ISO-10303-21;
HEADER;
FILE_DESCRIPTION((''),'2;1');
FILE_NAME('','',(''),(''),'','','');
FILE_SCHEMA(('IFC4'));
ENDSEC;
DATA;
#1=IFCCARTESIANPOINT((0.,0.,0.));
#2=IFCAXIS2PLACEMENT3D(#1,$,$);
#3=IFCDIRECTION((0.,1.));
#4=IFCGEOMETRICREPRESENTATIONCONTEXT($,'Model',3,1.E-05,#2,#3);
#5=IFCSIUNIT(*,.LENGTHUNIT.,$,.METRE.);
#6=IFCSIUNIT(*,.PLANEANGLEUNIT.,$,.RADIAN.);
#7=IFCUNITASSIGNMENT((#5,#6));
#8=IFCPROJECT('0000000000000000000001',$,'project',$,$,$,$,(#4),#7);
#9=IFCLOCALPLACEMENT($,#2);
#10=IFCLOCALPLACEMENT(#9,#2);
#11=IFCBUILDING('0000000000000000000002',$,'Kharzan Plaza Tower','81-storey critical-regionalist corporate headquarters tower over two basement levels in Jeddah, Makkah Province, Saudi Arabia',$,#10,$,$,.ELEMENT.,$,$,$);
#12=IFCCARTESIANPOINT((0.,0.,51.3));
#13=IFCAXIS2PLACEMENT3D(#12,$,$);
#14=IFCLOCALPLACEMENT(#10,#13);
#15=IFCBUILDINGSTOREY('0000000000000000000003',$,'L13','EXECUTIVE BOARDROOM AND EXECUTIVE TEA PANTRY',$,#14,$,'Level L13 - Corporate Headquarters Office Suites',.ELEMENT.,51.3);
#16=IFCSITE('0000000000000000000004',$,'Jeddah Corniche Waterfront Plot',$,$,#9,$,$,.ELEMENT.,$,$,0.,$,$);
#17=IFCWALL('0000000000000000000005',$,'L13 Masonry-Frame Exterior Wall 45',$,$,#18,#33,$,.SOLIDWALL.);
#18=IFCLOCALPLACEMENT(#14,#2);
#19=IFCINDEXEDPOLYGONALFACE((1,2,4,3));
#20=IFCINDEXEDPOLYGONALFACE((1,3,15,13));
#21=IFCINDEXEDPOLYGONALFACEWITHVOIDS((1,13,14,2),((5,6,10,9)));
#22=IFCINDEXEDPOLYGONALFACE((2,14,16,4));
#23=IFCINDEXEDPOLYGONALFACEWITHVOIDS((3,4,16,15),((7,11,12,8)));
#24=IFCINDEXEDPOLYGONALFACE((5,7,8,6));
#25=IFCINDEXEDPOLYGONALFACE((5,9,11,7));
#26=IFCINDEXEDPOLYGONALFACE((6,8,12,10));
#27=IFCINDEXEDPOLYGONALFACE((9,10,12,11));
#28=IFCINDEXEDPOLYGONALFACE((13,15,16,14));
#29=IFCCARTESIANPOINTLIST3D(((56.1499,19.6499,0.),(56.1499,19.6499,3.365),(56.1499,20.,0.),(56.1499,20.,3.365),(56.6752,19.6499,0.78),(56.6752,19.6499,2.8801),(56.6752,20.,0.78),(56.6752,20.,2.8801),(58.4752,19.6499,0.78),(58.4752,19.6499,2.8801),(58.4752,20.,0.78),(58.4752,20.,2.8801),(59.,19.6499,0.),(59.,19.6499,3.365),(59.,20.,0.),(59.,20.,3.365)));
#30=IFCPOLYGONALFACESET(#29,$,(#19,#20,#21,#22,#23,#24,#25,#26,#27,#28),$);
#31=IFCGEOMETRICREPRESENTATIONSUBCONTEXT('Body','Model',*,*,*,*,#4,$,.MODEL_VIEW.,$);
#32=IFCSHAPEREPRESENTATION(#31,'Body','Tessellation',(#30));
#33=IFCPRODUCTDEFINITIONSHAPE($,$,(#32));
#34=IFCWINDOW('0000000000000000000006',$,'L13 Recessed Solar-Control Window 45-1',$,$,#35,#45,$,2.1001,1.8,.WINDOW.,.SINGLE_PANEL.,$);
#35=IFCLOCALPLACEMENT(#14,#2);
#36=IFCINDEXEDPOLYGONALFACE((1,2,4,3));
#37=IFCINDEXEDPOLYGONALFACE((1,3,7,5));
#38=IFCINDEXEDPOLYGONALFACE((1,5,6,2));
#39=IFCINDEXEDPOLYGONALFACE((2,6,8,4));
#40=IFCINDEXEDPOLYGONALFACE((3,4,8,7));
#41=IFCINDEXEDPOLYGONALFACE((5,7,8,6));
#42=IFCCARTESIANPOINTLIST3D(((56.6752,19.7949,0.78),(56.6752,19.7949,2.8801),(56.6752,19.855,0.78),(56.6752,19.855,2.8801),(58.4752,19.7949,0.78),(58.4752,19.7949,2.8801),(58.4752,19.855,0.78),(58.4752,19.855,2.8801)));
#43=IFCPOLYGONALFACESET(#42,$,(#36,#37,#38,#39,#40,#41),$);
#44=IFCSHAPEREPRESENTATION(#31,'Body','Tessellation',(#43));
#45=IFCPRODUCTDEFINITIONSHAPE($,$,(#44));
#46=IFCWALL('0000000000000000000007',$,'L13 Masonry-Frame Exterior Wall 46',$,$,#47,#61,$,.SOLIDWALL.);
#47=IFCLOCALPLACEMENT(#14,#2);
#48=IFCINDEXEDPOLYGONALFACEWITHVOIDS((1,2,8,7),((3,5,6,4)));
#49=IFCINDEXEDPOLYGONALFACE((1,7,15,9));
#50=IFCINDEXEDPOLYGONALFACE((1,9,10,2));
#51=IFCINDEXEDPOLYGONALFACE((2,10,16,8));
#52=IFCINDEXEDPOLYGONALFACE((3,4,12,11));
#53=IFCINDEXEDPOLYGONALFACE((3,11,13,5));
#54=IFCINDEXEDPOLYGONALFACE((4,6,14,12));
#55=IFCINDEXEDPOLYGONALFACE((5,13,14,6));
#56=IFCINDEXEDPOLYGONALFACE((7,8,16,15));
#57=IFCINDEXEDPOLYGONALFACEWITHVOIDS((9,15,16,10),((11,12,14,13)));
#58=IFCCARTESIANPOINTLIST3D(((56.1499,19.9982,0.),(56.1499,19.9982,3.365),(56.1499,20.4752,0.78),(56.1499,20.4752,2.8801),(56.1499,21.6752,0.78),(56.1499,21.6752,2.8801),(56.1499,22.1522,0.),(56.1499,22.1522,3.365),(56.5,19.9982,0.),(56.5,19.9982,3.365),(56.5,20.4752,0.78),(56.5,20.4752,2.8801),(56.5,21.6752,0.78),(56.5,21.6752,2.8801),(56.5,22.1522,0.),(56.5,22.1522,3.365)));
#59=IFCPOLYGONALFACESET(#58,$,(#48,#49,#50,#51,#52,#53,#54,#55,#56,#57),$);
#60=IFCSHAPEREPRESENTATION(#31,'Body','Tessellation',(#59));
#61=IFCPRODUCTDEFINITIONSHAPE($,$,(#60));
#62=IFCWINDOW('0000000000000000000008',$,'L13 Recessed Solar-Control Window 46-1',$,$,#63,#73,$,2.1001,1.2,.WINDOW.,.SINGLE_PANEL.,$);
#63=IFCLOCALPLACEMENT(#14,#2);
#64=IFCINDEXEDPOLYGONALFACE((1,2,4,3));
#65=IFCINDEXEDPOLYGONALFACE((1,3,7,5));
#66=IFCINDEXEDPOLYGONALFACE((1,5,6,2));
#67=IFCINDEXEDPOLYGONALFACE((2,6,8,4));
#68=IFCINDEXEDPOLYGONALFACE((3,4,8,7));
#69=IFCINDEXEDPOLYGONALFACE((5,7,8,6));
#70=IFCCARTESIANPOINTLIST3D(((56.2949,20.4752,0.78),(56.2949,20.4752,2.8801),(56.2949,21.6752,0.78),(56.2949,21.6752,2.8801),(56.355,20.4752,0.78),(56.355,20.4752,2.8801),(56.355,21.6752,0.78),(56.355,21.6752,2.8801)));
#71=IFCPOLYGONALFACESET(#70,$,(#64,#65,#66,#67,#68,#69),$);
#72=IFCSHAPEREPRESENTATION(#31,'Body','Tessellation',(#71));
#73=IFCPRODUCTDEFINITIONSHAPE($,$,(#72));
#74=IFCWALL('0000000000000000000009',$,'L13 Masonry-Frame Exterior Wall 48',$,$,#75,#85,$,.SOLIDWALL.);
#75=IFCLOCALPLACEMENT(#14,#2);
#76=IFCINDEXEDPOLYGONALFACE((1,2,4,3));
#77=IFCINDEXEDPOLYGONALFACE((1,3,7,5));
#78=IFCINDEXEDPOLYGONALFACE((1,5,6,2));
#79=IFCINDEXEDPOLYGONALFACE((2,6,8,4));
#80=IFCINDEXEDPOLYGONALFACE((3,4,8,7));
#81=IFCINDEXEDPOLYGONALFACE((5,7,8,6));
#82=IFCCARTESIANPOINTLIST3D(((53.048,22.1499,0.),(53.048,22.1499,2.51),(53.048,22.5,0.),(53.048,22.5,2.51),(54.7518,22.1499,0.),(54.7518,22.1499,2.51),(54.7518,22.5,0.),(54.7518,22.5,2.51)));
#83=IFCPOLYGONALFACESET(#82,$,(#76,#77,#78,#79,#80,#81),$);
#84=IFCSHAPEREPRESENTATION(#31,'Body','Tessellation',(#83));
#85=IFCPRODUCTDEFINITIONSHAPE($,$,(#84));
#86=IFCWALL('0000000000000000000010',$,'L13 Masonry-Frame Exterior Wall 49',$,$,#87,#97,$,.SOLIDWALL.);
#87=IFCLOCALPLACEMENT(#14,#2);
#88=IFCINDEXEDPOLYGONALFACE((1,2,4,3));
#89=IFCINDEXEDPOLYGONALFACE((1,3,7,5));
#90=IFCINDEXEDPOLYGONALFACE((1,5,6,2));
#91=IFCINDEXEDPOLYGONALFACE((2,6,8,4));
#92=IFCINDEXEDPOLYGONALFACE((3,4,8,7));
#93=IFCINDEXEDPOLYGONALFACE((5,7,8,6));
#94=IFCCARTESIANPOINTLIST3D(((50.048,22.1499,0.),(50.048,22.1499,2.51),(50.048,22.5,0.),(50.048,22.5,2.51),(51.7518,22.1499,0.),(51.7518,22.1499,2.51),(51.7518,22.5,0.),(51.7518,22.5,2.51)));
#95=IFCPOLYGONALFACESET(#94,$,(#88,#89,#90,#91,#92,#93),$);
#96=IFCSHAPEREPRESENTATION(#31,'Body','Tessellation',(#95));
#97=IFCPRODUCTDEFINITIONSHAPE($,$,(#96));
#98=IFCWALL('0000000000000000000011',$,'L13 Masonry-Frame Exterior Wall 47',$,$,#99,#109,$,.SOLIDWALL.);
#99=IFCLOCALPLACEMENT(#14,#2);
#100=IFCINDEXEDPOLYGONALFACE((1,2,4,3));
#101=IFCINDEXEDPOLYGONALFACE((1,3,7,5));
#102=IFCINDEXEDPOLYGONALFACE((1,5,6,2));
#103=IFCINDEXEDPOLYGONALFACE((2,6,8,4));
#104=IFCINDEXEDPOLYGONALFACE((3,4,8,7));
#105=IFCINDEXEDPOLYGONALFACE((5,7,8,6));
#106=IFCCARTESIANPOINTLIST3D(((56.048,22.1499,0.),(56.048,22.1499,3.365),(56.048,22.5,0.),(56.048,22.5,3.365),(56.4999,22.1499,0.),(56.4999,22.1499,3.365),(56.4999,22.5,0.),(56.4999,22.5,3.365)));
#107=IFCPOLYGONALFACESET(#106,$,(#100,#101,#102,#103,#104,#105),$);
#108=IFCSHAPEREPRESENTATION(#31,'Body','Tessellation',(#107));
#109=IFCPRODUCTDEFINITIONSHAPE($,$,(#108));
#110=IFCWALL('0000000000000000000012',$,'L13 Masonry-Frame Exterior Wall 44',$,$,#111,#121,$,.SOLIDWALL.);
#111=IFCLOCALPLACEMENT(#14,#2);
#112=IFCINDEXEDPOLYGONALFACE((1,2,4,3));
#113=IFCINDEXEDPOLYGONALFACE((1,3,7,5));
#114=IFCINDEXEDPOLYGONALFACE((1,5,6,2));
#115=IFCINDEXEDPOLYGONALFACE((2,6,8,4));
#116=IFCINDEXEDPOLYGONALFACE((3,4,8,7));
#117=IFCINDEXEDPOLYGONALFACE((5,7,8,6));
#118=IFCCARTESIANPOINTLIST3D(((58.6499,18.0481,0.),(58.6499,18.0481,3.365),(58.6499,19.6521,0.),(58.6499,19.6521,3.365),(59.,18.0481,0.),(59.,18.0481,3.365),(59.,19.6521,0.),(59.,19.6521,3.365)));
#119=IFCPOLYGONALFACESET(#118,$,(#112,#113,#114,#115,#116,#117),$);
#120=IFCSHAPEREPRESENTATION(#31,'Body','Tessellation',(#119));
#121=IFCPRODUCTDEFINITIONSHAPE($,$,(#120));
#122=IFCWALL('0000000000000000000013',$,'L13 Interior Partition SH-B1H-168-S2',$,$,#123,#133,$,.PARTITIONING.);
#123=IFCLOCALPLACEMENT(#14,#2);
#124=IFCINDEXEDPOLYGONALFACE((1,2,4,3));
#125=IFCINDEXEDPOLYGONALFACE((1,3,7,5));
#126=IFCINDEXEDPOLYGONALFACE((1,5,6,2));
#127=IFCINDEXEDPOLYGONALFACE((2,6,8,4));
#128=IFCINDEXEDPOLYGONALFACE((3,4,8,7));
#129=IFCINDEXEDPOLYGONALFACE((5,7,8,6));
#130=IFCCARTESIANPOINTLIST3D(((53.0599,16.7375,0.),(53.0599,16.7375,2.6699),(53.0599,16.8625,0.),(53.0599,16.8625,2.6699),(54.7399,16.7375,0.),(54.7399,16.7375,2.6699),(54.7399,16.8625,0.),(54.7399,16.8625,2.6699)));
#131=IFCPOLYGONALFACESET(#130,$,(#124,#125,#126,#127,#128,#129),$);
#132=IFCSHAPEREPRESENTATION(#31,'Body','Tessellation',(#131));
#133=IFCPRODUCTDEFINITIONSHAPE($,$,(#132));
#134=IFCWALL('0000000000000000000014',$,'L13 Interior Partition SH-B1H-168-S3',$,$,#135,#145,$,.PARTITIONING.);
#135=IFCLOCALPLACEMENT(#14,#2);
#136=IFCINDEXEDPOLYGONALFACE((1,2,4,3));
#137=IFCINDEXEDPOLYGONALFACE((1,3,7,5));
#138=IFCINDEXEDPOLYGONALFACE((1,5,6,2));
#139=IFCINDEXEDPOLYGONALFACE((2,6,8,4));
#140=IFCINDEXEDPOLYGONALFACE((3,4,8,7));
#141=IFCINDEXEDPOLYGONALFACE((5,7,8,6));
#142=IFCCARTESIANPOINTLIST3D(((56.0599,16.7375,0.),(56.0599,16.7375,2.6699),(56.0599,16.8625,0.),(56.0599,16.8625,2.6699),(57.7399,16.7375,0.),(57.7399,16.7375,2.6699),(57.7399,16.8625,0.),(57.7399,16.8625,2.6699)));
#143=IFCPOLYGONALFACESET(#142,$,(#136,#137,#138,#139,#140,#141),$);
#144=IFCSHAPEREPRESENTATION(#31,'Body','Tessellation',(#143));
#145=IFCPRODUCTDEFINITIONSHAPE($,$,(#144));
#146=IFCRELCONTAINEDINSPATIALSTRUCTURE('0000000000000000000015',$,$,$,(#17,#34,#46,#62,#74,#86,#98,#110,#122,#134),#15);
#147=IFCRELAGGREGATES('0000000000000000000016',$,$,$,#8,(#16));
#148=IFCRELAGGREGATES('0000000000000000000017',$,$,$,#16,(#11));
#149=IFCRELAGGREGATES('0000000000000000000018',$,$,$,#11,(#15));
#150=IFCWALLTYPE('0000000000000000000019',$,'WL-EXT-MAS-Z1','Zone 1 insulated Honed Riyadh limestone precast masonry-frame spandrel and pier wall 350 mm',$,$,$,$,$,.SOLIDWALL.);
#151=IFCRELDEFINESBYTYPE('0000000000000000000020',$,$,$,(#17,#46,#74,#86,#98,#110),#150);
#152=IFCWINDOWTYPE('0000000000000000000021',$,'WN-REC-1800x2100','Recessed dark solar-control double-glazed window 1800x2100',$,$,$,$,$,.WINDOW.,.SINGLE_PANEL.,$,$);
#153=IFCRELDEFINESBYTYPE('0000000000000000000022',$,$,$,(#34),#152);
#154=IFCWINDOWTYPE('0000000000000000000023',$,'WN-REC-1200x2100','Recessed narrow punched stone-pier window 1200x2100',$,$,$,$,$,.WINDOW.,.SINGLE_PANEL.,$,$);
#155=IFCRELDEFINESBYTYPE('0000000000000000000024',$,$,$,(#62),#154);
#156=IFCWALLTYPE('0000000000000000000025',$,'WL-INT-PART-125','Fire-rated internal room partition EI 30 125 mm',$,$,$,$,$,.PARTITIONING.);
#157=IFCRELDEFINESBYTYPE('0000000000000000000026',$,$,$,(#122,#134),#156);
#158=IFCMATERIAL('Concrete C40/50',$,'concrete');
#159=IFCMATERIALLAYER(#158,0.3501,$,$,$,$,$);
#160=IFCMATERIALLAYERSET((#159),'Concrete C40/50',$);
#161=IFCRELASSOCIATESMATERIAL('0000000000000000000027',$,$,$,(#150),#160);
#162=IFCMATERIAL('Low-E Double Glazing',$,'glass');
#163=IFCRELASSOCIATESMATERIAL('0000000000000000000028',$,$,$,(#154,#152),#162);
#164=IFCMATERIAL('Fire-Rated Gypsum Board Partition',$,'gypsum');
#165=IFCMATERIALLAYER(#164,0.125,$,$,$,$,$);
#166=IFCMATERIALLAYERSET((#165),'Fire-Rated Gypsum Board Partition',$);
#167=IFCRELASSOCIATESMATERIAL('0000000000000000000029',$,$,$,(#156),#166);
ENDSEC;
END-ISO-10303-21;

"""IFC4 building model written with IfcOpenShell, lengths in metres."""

from ifc_helpers import new_model, si_unit, direction, frame, frame_2d, origin, place, context, subcontext, project, spatial, rectangle, extrude, source, transform, mapped, material, layer, layer_set, type_object, element, fill, save


model = new_model("IFC4")

# Units and contexts
model_context = context("Model", 3, precision=1e-05, world=origin(), true_north=direction((0.0, 1.0)))
body_context = subcontext(model_context, "Body", "Model", "MODEL_VIEW")
ifc_project = project(units=[si_unit("LENGTHUNIT", "METRE"), si_unit("PLANEANGLEUNIT", "RADIAN")], contexts=[model_context])

# Site, building, storey
site_placement = place(None, origin())
site = spatial("IfcSite", under=ifc_project, at=site_placement, Name="Jeddah Corniche Waterfront Plot", CompositionType="ELEMENT", RefElevation=0.0)
building_placement = place(site_placement, origin())
building = spatial("IfcBuilding", under=site, at=building_placement, Name="Kharzan Plaza Tower", Description="81-storey critical-regionalist corporate headquarters tower over two basement levels in Jeddah, Makkah Province, Saudi Arabia", CompositionType="ELEMENT")
storey_placement = place(building_placement, frame((0.0, 0.0, 51.3)))
storey = spatial("IfcBuildingStorey", under=building, at=storey_placement, Name="L13", Description="EXECUTIVE BOARDROOM AND EXECUTIVE TEA PANTRY", LongName="Level L13 - Corporate Headquarters Office Suites", CompositionType="ELEMENT", Elevation=51.3)

# Walls, openings, windows
ifc_material_1 = material(Name="Concrete C40/50", Category="concrete")
ifc_layer_1 = layer(ifc_material_1, 0.3501)
ifc_layer_set_1 = layer_set([ifc_layer_1], Name="Concrete C40/50")
wall_type_1 = type_object("IfcWallType", Name="WL-EXT-MAS-Z1", Description="Zone 1 insulated Honed Riyadh limestone precast masonry-frame spandrel and pier wall 350 mm", PredefinedType="SOLIDWALL", material=ifc_layer_set_1)
ifc_material_2 = material(Name="Low-E Double Glazing", Category="glass")
window_type_1 = type_object("IfcWindowType", Name="WN-REC-1200x2100", Description="Recessed narrow punched stone-pier window 1200x2100", PartitioningType="SINGLE_PANEL", PredefinedType="WINDOW", material=ifc_material_2)
wall_1_placement = place(storey_placement, frame((59.0, 19.825, 0.0), z_axis=(0.0, 0.0, 1.0), x_axis=(-1.0, 0.0, 0.0)))
wall_1 = element("IfcWall", 1, at=wall_1_placement, inside=storey, type_object=wall_type_1, Name="L13 Masonry-Frame Exterior Wall 45", PredefinedType="SOLIDWALL", context=body_context, shape_type="SweptSolid", body=[
    extrude(rectangle(XDim=2.8501, YDim=0.3501, at=frame_2d((1.425, 0.0))), origin(), (0.0, 0.0, 1.0), 3.365),
])
opening_1_placement = place(wall_1_placement, frame((0.5249, 0.0, 0.78)))
opening_1 = element("IfcOpeningElement", 2, at=opening_1_placement, cuts=wall_1, PredefinedType="OPENING", context=body_context, shape_type="SweptSolid", body=[
    extrude(rectangle(XDim=1.8, YDim=2.1001, at=frame_2d((0.8999, 1.05))), frame((0.0, 0.1851, 0.0), z_axis=(0.0, -1.0, 0.0), x_axis=(1.0, 0.0, 0.0)), (0.0, 0.0, 1.0), 0.3701),
])
window_type_2 = type_object("IfcWindowType", Name="WN-REC-1800x2100", Description="Recessed dark solar-control double-glazed window 1800x2100", PartitioningType="SINGLE_PANEL", PredefinedType="WINDOW", material=ifc_material_2)
shared_shape_1 = source(origin(), body_context, "Body", "SweptSolid", [
    extrude(rectangle(XDim=1.8, YDim=2.1001, at=frame_2d((0.8999, 1.05))), frame((0.0, 0.03, 0.0), z_axis=(0.0, -1.0, 0.0), x_axis=(1.0, 0.0, 0.0)), (0.0, 0.0, 1.0), 0.0601),
])
window_1_placement = place(opening_1_placement, origin())
window_1 = element("IfcWindow", 3, at=window_1_placement, inside=storey, type_object=window_type_2, Name="L13 Recessed Solar-Control Window 45-1", OverallHeight=2.1001, OverallWidth=1.8, PartitioningType="SINGLE_PANEL", PredefinedType="WINDOW", context=body_context, shape_type="MappedRepresentation", body=[
    mapped(shared_shape_1, transform((0.0, 0.0, 0.0), x_axis=(1.0, 0.0, 0.0), y_axis=(0.0, 1.0, 0.0), z_axis=(0.0, 0.0, 1.0))),
])
fill(opening_1, window_1)
wall_2_placement = place(storey_placement, frame((56.325, 19.998, 0.0), z_axis=(0.0, 0.0, 1.0), x_axis=(0.0, 1.0, 0.0)))
wall_2 = element("IfcWall", 4, at=wall_2_placement, inside=storey, type_object=wall_type_1, Name="L13 Masonry-Frame Exterior Wall 46", PredefinedType="SOLIDWALL", context=body_context, shape_type="SweptSolid", body=[
    extrude(rectangle(XDim=2.1541, YDim=0.3501, at=frame_2d((1.0771, 0.0))), origin(), (0.0, 0.0, 1.0), 3.365),
])
opening_2_placement = place(wall_2_placement, frame((0.4771, 0.0, 0.78)))
opening_2 = element("IfcOpeningElement", 5, at=opening_2_placement, cuts=wall_2, PredefinedType="OPENING", context=body_context, shape_type="SweptSolid", body=[
    extrude(rectangle(XDim=1.2, YDim=2.1001, at=frame_2d((0.6001, 1.05))), frame((0.0, 0.1851, 0.0), z_axis=(0.0, -1.0, 0.0), x_axis=(1.0, 0.0, 0.0)), (0.0, 0.0, 1.0), 0.3701),
])
shared_shape_2 = source(origin(), body_context, "Body", "SweptSolid", [
    extrude(rectangle(XDim=1.2, YDim=2.1001, at=frame_2d((0.6001, 1.05))), frame((0.0, 0.03, 0.0), z_axis=(0.0, -1.0, 0.0), x_axis=(1.0, 0.0, 0.0)), (0.0, 0.0, 1.0), 0.0601),
])
window_2_placement = place(opening_2_placement, origin())
window_2 = element("IfcWindow", 6, at=window_2_placement, inside=storey, type_object=window_type_1, Name="L13 Recessed Solar-Control Window 46-1", OverallHeight=2.1001, OverallWidth=1.2, PartitioningType="SINGLE_PANEL", PredefinedType="WINDOW", context=body_context, shape_type="MappedRepresentation", body=[
    mapped(shared_shape_2, transform((0.0, 0.0, 0.0), x_axis=(1.0, 0.0, 0.0), y_axis=(0.0, 1.0, 0.0), z_axis=(0.0, 0.0, 1.0))),
])
fill(opening_2, window_2)

# Walls
shared_shape_3 = source(origin(), body_context, "Body", "SweptSolid", [
    extrude(rectangle(XDim=1.7039, YDim=0.3501, at=frame_2d((0.8521, 0.0))), origin(), (0.0, 0.0, 1.0), 2.51),
])
for number, where, z_axis, x_axis, name in (
    (7, (54.752, 22.325, 0.0), (0.0, 0.0, 1.0), (-1.0, 0.0, 0.0), "L13 Masonry-Frame Exterior Wall 48"),
    (8, (51.752, 22.325, 0.0), (0.0, 0.0, 1.0), (-1.0, 0.0, 0.0), "L13 Masonry-Frame Exterior Wall 49"),
):
    element("IfcWall", number, at=place(storey_placement, frame(where, z_axis=z_axis, x_axis=x_axis)), inside=storey, type_object=wall_type_1, Name=name, PredefinedType="SOLIDWALL", context=body_context, shape_type="MappedRepresentation", body=[
        mapped(shared_shape_3, transform((0.0, 0.0, 0.0), x_axis=(1.0, 0.0, 0.0), y_axis=(0.0, 1.0, 0.0), z_axis=(0.0, 0.0, 1.0))),
    ])
shared_shape_4 = source(origin(), body_context, "Body", "SweptSolid", [
    extrude(rectangle(XDim=0.4519, YDim=0.3501, at=frame_2d((0.2261, 0.0))), origin(), (0.0, 0.0, 1.0), 3.365),
])
wall_3_placement = place(storey_placement, frame((56.5, 22.325, 0.0), z_axis=(0.0, 0.0, 1.0), x_axis=(-1.0, 0.0, 0.0)))
element("IfcWall", 9, at=wall_3_placement, inside=storey, type_object=wall_type_1, Name="L13 Masonry-Frame Exterior Wall 47", PredefinedType="SOLIDWALL", context=body_context, shape_type="MappedRepresentation", body=[
    mapped(shared_shape_4, transform((0.0, 0.0, 0.0), x_axis=(1.0, 0.0, 0.0), y_axis=(0.0, 1.0, 0.0), z_axis=(0.0, 0.0, 1.0))),
])
shared_shape_5 = source(origin(), body_context, "Body", "SweptSolid", [
    extrude(rectangle(XDim=1.604, YDim=0.3501, at=frame_2d((0.802, 0.0))), origin(), (0.0, 0.0, 1.0), 3.365),
])
wall_4_placement = place(storey_placement, frame((58.825, 18.0481, 0.0), z_axis=(0.0, 0.0, 1.0), x_axis=(0.0, 1.0, 0.0)))
element("IfcWall", 10, at=wall_4_placement, inside=storey, type_object=wall_type_1, Name="L13 Masonry-Frame Exterior Wall 44", PredefinedType="SOLIDWALL", context=body_context, shape_type="MappedRepresentation", body=[
    mapped(shared_shape_5, transform((0.0, 0.0, 0.0), x_axis=(1.0, 0.0, 0.0), y_axis=(0.0, 1.0, 0.0), z_axis=(0.0, 0.0, 1.0))),
])
ifc_material_3 = material(Name="Fire-Rated Gypsum Board Partition", Category="gypsum")
ifc_layer_2 = layer(ifc_material_3, 0.125)
ifc_layer_set_2 = layer_set([ifc_layer_2], Name="Fire-Rated Gypsum Board Partition")
wall_type_2 = type_object("IfcWallType", Name="WL-INT-PART-125", Description="Fire-rated internal room partition EI 30 125 mm", PredefinedType="PARTITIONING", material=ifc_layer_set_2)
shared_shape_6 = source(origin(), body_context, "Body", "SweptSolid", [
    extrude(rectangle(XDim=1.6799, YDim=0.125, at=frame_2d((0.8398, 0.0))), origin(), (0.0, 0.0, 1.0), 2.6699),
])
for number, where, z_axis, x_axis, name in (
    (11, (53.0601, 16.8, 0.0), (0.0, 0.0, 1.0), (1.0, 0.0, 0.0), "L13 Interior Partition SH-B1H-168-S2"),
    (12, (56.0601, 16.8, 0.0), (0.0, 0.0, 1.0), (1.0, 0.0, 0.0), "L13 Interior Partition SH-B1H-168-S3"),
):
    element("IfcWall", number, at=place(storey_placement, frame(where, z_axis=z_axis, x_axis=x_axis)), inside=storey, type_object=wall_type_2, Name=name, PredefinedType="PARTITIONING", context=body_context, shape_type="MappedRepresentation", body=[
        mapped(shared_shape_6, transform((0.0, 0.0, 0.0), x_axis=(1.0, 0.0, 0.0), y_axis=(0.0, 1.0, 0.0), z_axis=(0.0, 0.0, 1.0))),
    ])

save(model, "model.ifc")
